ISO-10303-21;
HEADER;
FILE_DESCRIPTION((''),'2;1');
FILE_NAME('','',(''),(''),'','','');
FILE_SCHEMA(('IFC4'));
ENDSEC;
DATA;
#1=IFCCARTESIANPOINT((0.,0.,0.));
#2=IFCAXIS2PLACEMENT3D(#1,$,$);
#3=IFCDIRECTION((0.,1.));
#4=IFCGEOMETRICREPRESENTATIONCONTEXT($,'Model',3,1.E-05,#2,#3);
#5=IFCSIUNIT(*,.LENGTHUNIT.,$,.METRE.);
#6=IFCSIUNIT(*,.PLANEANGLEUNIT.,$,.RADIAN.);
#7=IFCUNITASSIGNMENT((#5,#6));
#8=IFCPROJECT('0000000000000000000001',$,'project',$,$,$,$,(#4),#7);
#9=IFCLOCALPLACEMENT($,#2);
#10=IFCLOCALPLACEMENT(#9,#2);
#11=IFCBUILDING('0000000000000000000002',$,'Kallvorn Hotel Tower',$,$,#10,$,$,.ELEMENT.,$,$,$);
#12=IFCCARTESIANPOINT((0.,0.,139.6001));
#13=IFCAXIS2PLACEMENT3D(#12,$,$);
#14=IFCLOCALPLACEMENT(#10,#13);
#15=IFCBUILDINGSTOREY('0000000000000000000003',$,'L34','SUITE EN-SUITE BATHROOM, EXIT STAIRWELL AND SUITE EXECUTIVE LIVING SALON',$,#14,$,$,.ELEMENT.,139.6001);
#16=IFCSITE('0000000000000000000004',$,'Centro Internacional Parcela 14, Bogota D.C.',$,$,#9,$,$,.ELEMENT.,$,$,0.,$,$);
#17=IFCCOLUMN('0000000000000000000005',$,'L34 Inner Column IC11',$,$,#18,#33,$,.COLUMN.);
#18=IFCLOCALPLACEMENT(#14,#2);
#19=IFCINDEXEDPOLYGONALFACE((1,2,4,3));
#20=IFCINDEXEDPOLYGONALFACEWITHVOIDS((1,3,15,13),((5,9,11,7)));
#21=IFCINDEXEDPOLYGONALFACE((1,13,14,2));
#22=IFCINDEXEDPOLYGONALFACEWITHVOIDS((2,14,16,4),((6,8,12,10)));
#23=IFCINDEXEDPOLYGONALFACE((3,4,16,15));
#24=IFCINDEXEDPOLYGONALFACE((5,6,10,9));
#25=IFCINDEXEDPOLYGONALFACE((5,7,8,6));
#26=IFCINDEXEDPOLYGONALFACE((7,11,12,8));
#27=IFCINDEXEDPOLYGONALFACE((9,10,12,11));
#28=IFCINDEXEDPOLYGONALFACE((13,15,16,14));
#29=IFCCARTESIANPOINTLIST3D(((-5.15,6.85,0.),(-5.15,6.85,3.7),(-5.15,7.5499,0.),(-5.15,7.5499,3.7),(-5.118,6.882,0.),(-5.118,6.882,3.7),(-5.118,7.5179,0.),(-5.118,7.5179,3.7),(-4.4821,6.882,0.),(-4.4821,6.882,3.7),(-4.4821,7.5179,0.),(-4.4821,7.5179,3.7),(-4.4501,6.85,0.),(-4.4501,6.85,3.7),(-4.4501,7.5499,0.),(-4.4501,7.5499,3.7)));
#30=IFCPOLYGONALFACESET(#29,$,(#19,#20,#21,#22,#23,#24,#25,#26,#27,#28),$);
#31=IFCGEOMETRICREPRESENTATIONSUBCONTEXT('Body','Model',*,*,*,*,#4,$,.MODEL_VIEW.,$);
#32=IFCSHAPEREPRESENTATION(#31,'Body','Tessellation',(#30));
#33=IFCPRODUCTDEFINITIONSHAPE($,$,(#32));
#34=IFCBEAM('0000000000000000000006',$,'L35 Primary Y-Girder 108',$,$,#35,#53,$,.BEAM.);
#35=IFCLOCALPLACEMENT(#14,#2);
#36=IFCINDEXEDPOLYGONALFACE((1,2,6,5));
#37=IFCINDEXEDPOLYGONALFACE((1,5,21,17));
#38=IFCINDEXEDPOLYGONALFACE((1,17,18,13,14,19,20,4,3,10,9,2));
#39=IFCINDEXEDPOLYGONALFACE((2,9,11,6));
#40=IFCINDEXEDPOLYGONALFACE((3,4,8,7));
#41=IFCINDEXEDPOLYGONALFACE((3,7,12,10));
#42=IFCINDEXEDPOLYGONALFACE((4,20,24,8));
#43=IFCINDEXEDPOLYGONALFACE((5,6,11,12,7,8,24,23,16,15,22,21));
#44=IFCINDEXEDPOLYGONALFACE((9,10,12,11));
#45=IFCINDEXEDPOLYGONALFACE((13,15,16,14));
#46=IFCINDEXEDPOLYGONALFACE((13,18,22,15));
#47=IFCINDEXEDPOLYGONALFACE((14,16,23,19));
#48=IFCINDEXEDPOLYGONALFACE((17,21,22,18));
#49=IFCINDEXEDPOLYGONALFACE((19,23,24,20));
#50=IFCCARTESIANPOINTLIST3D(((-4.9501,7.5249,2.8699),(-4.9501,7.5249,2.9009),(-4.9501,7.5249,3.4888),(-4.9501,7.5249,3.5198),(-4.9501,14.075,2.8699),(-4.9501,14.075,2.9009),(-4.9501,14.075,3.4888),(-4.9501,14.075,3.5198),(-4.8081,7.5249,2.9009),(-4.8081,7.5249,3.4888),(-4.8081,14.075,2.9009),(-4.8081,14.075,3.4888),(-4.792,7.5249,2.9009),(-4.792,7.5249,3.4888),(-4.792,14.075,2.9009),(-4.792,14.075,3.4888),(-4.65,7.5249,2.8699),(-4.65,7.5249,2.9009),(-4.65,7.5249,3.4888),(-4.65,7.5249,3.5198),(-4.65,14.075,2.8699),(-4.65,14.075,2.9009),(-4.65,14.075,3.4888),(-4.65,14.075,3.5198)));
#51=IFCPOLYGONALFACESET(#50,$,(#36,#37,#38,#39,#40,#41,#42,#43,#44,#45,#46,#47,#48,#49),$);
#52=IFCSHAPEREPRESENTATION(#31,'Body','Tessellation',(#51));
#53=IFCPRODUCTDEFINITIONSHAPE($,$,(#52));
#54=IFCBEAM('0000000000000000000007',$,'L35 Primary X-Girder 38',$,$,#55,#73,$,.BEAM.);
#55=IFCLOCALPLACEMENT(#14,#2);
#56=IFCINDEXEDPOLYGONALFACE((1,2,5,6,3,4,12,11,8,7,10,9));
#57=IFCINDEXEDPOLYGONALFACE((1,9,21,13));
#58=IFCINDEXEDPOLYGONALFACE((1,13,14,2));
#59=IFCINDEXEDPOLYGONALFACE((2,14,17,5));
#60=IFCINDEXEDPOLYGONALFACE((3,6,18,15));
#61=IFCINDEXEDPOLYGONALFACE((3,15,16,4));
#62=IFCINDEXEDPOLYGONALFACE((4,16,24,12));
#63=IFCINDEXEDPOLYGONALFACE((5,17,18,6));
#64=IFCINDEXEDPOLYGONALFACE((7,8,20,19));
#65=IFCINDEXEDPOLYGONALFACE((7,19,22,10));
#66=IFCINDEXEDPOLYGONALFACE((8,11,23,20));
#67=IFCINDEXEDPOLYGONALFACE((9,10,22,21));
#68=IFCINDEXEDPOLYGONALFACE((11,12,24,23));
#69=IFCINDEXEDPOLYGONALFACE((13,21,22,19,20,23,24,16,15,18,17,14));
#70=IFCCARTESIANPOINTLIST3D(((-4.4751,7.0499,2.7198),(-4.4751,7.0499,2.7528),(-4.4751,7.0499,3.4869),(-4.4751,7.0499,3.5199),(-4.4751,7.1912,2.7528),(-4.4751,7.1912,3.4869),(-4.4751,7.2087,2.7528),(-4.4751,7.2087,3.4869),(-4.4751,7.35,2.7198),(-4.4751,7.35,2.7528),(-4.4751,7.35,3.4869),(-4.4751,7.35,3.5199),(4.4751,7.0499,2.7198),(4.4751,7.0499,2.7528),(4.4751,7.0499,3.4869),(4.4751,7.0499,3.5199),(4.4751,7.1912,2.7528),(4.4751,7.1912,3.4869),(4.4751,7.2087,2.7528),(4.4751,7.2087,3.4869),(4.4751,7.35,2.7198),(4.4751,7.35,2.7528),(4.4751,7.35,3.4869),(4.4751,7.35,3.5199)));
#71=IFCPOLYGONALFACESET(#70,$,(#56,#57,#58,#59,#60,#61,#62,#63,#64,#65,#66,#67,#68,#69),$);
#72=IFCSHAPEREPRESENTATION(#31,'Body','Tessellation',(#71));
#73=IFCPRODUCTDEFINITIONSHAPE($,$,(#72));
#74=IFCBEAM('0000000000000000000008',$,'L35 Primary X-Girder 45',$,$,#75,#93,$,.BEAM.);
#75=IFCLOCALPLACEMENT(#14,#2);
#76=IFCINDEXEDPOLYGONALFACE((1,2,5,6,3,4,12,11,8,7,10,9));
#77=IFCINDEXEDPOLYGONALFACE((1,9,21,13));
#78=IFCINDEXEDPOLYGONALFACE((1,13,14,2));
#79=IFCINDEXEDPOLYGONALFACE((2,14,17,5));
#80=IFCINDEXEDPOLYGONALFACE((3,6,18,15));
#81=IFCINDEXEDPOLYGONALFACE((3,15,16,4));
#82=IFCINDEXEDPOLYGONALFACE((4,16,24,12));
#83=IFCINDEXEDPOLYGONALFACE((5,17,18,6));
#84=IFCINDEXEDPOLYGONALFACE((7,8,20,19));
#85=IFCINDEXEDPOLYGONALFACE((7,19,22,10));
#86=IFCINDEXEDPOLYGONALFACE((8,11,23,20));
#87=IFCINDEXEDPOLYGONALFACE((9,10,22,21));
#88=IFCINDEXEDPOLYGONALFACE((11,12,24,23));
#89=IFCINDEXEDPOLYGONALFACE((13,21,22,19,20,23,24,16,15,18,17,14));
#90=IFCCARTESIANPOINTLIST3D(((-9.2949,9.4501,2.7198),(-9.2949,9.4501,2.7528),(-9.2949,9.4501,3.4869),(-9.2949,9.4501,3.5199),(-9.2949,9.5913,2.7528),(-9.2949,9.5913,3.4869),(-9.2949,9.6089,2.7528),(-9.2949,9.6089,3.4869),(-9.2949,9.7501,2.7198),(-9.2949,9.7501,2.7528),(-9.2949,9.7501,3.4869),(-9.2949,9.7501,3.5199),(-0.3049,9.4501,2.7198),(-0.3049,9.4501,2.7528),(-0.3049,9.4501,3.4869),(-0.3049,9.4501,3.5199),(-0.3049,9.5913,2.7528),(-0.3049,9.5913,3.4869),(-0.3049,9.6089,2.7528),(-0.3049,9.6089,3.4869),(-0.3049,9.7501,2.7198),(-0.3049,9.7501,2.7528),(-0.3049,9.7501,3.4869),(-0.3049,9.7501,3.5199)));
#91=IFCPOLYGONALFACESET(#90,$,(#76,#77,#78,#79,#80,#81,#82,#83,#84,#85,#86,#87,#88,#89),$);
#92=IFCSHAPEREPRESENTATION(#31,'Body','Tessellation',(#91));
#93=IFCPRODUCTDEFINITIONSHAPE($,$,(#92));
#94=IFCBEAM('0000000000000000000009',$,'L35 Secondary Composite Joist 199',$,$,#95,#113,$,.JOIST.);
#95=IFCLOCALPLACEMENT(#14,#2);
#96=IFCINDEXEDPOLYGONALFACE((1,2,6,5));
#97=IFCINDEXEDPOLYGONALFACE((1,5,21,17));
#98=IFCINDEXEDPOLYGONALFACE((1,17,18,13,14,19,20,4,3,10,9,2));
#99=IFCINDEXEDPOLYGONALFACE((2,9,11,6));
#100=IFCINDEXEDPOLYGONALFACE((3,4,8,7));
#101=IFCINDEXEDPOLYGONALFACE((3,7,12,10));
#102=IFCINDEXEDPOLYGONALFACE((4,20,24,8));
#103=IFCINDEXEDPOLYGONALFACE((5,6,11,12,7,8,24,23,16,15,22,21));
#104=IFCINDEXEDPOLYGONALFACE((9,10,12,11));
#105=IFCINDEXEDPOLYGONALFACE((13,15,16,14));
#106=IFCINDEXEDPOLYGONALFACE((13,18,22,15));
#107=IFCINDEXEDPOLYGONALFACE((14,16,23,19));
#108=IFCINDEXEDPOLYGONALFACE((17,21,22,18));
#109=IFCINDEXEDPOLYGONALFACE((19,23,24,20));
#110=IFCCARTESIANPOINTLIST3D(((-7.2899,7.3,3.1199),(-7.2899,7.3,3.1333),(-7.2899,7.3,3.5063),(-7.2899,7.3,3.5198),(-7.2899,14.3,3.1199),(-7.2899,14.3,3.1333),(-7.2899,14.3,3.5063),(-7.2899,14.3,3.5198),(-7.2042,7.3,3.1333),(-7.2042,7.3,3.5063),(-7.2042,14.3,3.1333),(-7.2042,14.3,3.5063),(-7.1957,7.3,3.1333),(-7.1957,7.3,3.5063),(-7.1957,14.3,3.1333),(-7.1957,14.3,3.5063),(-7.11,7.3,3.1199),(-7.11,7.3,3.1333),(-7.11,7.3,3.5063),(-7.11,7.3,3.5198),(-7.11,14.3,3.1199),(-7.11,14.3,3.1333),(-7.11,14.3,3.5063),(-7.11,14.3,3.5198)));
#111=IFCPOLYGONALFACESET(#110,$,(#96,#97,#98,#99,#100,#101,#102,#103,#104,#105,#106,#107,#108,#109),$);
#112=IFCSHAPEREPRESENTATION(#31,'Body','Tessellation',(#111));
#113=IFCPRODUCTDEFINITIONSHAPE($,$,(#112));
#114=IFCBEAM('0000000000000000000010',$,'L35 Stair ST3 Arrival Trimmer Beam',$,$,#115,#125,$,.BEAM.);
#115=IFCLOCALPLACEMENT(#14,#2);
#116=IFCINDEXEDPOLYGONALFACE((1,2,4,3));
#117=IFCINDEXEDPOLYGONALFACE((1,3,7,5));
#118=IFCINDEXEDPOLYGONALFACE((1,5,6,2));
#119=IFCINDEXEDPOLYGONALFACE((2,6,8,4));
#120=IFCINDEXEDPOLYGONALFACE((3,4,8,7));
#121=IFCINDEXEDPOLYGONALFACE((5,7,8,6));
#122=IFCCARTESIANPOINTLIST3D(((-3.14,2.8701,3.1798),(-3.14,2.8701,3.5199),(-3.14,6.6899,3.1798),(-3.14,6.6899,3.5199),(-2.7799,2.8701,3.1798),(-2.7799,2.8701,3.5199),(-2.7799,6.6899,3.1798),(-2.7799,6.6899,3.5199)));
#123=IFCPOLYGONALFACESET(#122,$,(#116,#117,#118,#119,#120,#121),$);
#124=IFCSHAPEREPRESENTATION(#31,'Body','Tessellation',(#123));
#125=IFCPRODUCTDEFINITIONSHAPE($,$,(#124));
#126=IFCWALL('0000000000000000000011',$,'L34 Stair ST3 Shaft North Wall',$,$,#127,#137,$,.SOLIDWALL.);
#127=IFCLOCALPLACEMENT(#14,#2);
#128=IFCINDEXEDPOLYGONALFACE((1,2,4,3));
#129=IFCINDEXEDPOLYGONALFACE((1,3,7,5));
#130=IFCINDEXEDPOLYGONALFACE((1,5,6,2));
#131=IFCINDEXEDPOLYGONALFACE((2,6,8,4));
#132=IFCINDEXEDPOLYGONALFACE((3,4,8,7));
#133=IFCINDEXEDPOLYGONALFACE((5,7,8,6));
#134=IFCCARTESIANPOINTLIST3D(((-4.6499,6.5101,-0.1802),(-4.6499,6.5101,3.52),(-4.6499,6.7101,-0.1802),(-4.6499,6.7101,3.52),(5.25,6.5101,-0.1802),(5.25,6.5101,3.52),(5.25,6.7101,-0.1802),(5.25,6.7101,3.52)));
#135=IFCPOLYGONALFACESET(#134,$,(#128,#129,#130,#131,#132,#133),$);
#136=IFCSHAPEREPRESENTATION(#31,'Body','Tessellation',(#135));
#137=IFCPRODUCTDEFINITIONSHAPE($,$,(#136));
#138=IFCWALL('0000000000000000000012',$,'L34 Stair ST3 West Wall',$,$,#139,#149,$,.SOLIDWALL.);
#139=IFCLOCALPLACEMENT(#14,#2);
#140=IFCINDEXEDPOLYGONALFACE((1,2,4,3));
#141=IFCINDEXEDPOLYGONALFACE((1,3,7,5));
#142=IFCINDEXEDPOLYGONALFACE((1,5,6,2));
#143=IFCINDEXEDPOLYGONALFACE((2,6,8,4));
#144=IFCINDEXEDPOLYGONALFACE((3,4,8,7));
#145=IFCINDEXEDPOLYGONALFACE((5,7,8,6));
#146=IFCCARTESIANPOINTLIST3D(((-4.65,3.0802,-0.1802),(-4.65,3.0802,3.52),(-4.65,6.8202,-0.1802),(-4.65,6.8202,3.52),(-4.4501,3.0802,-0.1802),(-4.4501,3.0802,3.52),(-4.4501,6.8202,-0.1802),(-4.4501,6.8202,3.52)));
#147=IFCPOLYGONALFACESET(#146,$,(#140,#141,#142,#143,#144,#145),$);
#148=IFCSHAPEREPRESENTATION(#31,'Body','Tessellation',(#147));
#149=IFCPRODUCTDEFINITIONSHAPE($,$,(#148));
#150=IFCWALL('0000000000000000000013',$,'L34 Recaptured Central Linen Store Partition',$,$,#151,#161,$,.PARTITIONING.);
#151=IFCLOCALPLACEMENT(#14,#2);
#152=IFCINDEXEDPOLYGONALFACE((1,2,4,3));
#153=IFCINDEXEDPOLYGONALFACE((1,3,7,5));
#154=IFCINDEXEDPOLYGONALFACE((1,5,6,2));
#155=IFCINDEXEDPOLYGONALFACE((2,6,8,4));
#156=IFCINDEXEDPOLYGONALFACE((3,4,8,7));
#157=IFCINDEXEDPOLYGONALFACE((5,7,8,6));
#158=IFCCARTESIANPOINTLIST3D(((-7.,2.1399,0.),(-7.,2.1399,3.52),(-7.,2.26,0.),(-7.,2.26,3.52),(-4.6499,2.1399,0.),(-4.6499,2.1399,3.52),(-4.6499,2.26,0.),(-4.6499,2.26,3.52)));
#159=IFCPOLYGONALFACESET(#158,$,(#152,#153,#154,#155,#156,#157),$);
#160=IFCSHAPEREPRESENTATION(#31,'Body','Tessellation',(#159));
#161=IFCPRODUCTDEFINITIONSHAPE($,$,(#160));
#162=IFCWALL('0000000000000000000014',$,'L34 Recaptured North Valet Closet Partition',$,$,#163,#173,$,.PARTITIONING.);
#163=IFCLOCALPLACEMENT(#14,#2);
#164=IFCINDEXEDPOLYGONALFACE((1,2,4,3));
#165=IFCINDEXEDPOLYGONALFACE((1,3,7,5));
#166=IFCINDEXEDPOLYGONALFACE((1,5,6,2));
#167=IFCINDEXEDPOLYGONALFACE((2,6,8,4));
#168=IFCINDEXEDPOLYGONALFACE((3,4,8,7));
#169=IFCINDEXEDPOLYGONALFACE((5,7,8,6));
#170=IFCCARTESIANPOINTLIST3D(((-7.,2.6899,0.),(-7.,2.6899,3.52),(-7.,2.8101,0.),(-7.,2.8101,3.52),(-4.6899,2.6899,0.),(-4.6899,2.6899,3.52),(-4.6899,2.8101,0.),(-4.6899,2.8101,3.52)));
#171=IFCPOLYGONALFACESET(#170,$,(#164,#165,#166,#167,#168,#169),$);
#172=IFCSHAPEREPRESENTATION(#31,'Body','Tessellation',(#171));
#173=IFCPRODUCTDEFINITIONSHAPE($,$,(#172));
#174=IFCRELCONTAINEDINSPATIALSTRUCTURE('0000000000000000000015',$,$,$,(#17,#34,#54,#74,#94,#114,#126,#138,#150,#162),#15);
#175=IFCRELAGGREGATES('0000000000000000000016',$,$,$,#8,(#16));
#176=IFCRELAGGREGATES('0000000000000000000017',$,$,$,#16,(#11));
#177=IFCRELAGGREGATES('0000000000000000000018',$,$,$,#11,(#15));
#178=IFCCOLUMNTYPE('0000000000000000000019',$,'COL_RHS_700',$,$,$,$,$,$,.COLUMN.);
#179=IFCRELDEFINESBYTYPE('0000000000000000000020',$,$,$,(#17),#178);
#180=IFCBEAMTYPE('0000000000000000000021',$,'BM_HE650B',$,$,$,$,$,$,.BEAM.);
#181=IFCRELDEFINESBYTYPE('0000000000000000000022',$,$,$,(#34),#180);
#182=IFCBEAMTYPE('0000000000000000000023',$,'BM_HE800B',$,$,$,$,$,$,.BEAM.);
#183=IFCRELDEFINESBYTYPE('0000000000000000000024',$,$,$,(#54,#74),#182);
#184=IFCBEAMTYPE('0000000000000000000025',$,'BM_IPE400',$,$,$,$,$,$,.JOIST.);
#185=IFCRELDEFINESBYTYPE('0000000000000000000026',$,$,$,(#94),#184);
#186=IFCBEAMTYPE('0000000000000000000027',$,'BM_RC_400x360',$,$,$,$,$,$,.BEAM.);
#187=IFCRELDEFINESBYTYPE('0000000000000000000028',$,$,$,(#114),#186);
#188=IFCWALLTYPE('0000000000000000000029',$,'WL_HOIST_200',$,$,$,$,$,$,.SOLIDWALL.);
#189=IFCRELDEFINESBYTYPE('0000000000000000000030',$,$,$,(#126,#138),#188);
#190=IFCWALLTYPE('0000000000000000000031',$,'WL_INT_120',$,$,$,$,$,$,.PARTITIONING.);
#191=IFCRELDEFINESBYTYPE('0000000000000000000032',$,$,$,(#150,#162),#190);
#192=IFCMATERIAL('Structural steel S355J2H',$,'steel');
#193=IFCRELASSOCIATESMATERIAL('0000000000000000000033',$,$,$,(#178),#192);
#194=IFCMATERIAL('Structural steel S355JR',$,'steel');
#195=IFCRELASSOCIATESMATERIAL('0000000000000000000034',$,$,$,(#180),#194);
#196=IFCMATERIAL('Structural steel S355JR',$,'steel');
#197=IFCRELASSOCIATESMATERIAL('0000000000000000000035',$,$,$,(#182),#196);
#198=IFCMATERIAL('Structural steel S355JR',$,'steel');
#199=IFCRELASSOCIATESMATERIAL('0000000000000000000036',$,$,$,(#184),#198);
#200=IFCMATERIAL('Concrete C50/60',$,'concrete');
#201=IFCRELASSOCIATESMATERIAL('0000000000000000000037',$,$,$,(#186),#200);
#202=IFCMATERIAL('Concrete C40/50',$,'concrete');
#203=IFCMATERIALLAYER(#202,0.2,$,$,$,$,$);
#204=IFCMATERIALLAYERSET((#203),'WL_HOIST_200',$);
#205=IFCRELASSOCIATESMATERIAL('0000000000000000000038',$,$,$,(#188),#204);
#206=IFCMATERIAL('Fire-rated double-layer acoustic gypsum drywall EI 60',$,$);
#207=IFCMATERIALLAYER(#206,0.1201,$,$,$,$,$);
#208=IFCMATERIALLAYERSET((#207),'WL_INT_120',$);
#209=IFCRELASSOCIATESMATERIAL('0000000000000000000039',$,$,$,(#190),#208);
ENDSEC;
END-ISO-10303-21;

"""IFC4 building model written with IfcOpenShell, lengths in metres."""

from ifc_helpers import new_model, si_unit, direction, frame, frame_2d, origin, origin_2d, place, context, subcontext, project, spatial, rectangle, hollow_rectangle, i_section, extrude, material, layer, layer_set, material_profile, profile_set, type_object, element, save


model = new_model("IFC4")

# Units and contexts
model_context = context("Model", 3, precision=1e-05, world=origin(), true_north=direction((0.0, 1.0)))
body_context = subcontext(model_context, "Body", "Model", "MODEL_VIEW")
ifc_project = project(units=[si_unit("LENGTHUNIT", "METRE"), si_unit("PLANEANGLEUNIT", "RADIAN")], contexts=[model_context])

# Site, building, storey
site_placement = place(None, origin())
site = spatial("IfcSite", under=ifc_project, at=site_placement, Name="Centro Internacional Parcela 14, Bogota D.C.", CompositionType="ELEMENT", RefElevation=0.0)
building_placement = place(site_placement, origin())
building = spatial("IfcBuilding", under=site, at=building_placement, Name="Kallvorn Hotel Tower", CompositionType="ELEMENT")
storey_placement = place(building_placement, frame((0.0, 0.0, 139.6001)))
storey = spatial("IfcBuildingStorey", under=building, at=storey_placement, Name="L34", Description="SUITE EN-SUITE BATHROOM, EXIT STAIRWELL AND SUITE EXECUTIVE LIVING SALON", CompositionType="ELEMENT", Elevation=139.6001)

# Column
ifc_material_1 = material(Name="Structural steel S355J2H", Category="steel")
ifc_material_profile_1 = material_profile(ifc_material_1, hollow_rectangle(XDim=0.7, YDim=0.7, WallThickness=0.032, at=origin_2d()), Name="RHS 700x700x32")
ifc_profile_set_1 = profile_set([ifc_material_profile_1], Name="Structural steel S355J2H")
column_type = type_object("IfcColumnType", Name="COL_RHS_700", PredefinedType="COLUMN", material=ifc_profile_set_1)
column_placement = place(storey_placement, frame((-4.8, 7.2, 0.0), z_axis=(0.0, 0.0, 1.0), x_axis=(1.0, 0.0, 0.0)))
element("IfcColumn", 1, at=column_placement, inside=storey, type_object=column_type, Name="L34 Inner Column IC11", PredefinedType="COLUMN", context=body_context, shape_type="SweptSolid", body=[
    extrude(hollow_rectangle(XDim=0.7, YDim=0.7, WallThickness=0.032, at=origin_2d()), origin(), (0.0, 0.0, 1.0), 3.7),
])

# Beams
ifc_material_2 = material(Name="Structural steel S355JR", Category="steel")
ifc_material_profile_2 = material_profile(ifc_material_2, i_section(OverallWidth=0.3, OverallDepth=0.6499, WebThickness=0.0161, FlangeThickness=0.031, at=origin_2d()), Name="HE 650 B")
ifc_profile_set_2 = profile_set([ifc_material_profile_2], Name="Structural steel S355JR")
beam_type_1 = type_object("IfcBeamType", Name="BM_HE650B", PredefinedType="BEAM", material=ifc_profile_set_2)
beam_1_placement = place(storey_placement, frame((-4.8, 7.5249, 3.1948), z_axis=(0.0, 1.0, 0.0), x_axis=(-1.0, 0.0, 0.0)))
element("IfcBeam", 2, at=beam_1_placement, inside=storey, type_object=beam_type_1, Name="L35 Primary Y-Girder 108", PredefinedType="BEAM", context=body_context, shape_type="SweptSolid", body=[
    extrude(i_section(OverallWidth=0.3, OverallDepth=0.6499, WebThickness=0.0161, FlangeThickness=0.031, at=origin_2d()), origin(), (0.0, 0.0, 1.0), 6.55),
])
ifc_material_3 = material(Name="Structural steel S355JR", Category="steel")
ifc_material_profile_3 = material_profile(ifc_material_3, i_section(OverallWidth=0.3, OverallDepth=0.8, WebThickness=0.0176, FlangeThickness=0.033, at=origin_2d()), Name="HE 800 B")
ifc_profile_set_3 = profile_set([ifc_material_profile_3], Name="Structural steel S355JR")
beam_type_2 = type_object("IfcBeamType", Name="BM_HE800B", PredefinedType="BEAM", material=ifc_profile_set_3)
beam_2_placement = place(storey_placement, frame((-4.4751, 7.2, 3.1199), z_axis=(1.0, 0.0, 0.0), x_axis=(0.0, 1.0, 0.0)))
element("IfcBeam", 3, at=beam_2_placement, inside=storey, type_object=beam_type_2, Name="L35 Primary X-Girder 38", PredefinedType="BEAM", context=body_context, shape_type="SweptSolid", body=[
    extrude(i_section(OverallWidth=0.3, OverallDepth=0.8, WebThickness=0.0176, FlangeThickness=0.033, at=origin_2d()), origin(), (0.0, 0.0, 1.0), 8.9502),
])
beam_3_placement = place(storey_placement, frame((-9.2949, 9.6001, 3.1199), z_axis=(1.0, 0.0, 0.0), x_axis=(0.0, 1.0, 0.0)))
element("IfcBeam", 4, at=beam_3_placement, inside=storey, type_object=beam_type_2, Name="L35 Primary X-Girder 45", PredefinedType="BEAM", context=body_context, shape_type="SweptSolid", body=[
    extrude(i_section(OverallWidth=0.3, OverallDepth=0.8, WebThickness=0.0176, FlangeThickness=0.033, at=origin_2d()), origin(), (0.0, 0.0, 1.0), 8.99),
])
ifc_material_4 = material(Name="Structural steel S355JR", Category="steel")
ifc_material_profile_4 = material_profile(ifc_material_4, i_section(OverallWidth=0.1799, OverallDepth=0.3999, WebThickness=0.0085, FlangeThickness=0.0134, at=origin_2d()), Name="IPE 400")
ifc_profile_set_4 = profile_set([ifc_material_profile_4], Name="Structural steel S355JR")
beam_type_3 = type_object("IfcBeamType", Name="BM_IPE400", PredefinedType="JOIST", material=ifc_profile_set_4)
beam_4_placement = place(storey_placement, frame((-7.2, 7.3, 3.3198), z_axis=(0.0, 1.0, 0.0), x_axis=(-1.0, 0.0, 0.0)))
element("IfcBeam", 5, at=beam_4_placement, inside=storey, type_object=beam_type_3, Name="L35 Secondary Composite Joist 199", PredefinedType="JOIST", context=body_context, shape_type="SweptSolid", body=[
    extrude(i_section(OverallWidth=0.1799, OverallDepth=0.3999, WebThickness=0.0085, FlangeThickness=0.0134, at=origin_2d()), origin(), (0.0, 0.0, 1.0), 7.0),
])
ifc_material_5 = material(Name="Concrete C50/60", Category="concrete")
ifc_material_profile_5 = material_profile(ifc_material_5, rectangle(XDim=0.3601, YDim=0.3401, at=origin_2d()), Name="RC 360x340")
ifc_profile_set_5 = profile_set([ifc_material_profile_5], Name="Concrete C50/60")
beam_type_4 = type_object("IfcBeamType", Name="BM_RC_400x360", PredefinedType="BEAM", material=ifc_profile_set_5)
beam_5_placement = place(storey_placement, frame((-2.96, 2.8701, 3.3499), z_axis=(0.0, 1.0, 0.0), x_axis=(-1.0, 0.0, 0.0)))
element("IfcBeam", 6, at=beam_5_placement, inside=storey, type_object=beam_type_4, Name="L35 Stair ST3 Arrival Trimmer Beam", PredefinedType="BEAM", context=body_context, shape_type="SweptSolid", body=[
    extrude(rectangle(XDim=0.3601, YDim=0.3401, at=origin_2d()), origin(), (0.0, 0.0, 1.0), 3.8198),
])

# Walls
ifc_material_6 = material(Name="Concrete C40/50", Category="concrete")
ifc_layer_1 = layer(ifc_material_6, 0.2)
ifc_layer_set_1 = layer_set([ifc_layer_1], Name="WL_HOIST_200")
wall_type_1 = type_object("IfcWallType", Name="WL_HOIST_200", PredefinedType="SOLIDWALL", material=ifc_layer_set_1)
wall_1_placement = place(storey_placement, frame((-4.6499, 6.6101, -0.1802), z_axis=(0.0, 0.0, 1.0), x_axis=(1.0, 0.0, 0.0)))
element("IfcWall", 7, at=wall_1_placement, inside=storey, type_object=wall_type_1, Name="L34 Stair ST3 Shaft North Wall", PredefinedType="SOLIDWALL", context=body_context, shape_type="SweptSolid", body=[
    extrude(rectangle(XDim=9.8999, YDim=0.2, at=frame_2d((4.95, 0.0))), origin(), (0.0, 0.0, 1.0), 3.7002),
])
wall_2_placement = place(storey_placement, frame((-4.55, 3.0801, -0.1802), z_axis=(0.0, 0.0, 1.0), x_axis=(0.0, 1.0, 0.0)))
element("IfcWall", 8, at=wall_2_placement, inside=storey, type_object=wall_type_1, Name="L34 Stair ST3 West Wall", PredefinedType="SOLIDWALL", context=body_context, shape_type="SweptSolid", body=[
    extrude(rectangle(XDim=3.74, YDim=0.2, at=frame_2d((1.8701, 0.0))), origin(), (0.0, 0.0, 1.0), 3.7002),
])
ifc_material_7 = material(Name="Fire-rated double-layer acoustic gypsum drywall EI 60")
ifc_layer_2 = layer(ifc_material_7, 0.1201)
ifc_layer_set_2 = layer_set([ifc_layer_2], Name="WL_INT_120")
wall_type_2 = type_object("IfcWallType", Name="WL_INT_120", PredefinedType="PARTITIONING", material=ifc_layer_set_2)
wall_3_placement = place(storey_placement, frame((-7.0, 2.2, 0.0), z_axis=(0.0, 0.0, 1.0), x_axis=(1.0, 0.0, 0.0)))
element("IfcWall", 9, at=wall_3_placement, inside=storey, type_object=wall_type_2, Name="L34 Recaptured Central Linen Store Partition", PredefinedType="PARTITIONING", context=body_context, shape_type="SweptSolid", body=[
    extrude(rectangle(XDim=2.3501, YDim=0.1201, at=frame_2d((1.175, 0.0))), origin(), (0.0, 0.0, 1.0), 3.52),
])
wall_4_placement = place(storey_placement, frame((-7.0, 2.75, 0.0), z_axis=(0.0, 0.0, 1.0), x_axis=(1.0, 0.0, 0.0)))
element("IfcWall", 10, at=wall_4_placement, inside=storey, type_object=wall_type_2, Name="L34 Recaptured North Valet Closet Partition", PredefinedType="PARTITIONING", context=body_context, shape_type="SweptSolid", body=[
    extrude(rectangle(XDim=2.3101, YDim=0.1201, at=frame_2d((1.155, 0.0))), origin(), (0.0, 0.0, 1.0), 3.52),
])

save(model, "model.ifc")
